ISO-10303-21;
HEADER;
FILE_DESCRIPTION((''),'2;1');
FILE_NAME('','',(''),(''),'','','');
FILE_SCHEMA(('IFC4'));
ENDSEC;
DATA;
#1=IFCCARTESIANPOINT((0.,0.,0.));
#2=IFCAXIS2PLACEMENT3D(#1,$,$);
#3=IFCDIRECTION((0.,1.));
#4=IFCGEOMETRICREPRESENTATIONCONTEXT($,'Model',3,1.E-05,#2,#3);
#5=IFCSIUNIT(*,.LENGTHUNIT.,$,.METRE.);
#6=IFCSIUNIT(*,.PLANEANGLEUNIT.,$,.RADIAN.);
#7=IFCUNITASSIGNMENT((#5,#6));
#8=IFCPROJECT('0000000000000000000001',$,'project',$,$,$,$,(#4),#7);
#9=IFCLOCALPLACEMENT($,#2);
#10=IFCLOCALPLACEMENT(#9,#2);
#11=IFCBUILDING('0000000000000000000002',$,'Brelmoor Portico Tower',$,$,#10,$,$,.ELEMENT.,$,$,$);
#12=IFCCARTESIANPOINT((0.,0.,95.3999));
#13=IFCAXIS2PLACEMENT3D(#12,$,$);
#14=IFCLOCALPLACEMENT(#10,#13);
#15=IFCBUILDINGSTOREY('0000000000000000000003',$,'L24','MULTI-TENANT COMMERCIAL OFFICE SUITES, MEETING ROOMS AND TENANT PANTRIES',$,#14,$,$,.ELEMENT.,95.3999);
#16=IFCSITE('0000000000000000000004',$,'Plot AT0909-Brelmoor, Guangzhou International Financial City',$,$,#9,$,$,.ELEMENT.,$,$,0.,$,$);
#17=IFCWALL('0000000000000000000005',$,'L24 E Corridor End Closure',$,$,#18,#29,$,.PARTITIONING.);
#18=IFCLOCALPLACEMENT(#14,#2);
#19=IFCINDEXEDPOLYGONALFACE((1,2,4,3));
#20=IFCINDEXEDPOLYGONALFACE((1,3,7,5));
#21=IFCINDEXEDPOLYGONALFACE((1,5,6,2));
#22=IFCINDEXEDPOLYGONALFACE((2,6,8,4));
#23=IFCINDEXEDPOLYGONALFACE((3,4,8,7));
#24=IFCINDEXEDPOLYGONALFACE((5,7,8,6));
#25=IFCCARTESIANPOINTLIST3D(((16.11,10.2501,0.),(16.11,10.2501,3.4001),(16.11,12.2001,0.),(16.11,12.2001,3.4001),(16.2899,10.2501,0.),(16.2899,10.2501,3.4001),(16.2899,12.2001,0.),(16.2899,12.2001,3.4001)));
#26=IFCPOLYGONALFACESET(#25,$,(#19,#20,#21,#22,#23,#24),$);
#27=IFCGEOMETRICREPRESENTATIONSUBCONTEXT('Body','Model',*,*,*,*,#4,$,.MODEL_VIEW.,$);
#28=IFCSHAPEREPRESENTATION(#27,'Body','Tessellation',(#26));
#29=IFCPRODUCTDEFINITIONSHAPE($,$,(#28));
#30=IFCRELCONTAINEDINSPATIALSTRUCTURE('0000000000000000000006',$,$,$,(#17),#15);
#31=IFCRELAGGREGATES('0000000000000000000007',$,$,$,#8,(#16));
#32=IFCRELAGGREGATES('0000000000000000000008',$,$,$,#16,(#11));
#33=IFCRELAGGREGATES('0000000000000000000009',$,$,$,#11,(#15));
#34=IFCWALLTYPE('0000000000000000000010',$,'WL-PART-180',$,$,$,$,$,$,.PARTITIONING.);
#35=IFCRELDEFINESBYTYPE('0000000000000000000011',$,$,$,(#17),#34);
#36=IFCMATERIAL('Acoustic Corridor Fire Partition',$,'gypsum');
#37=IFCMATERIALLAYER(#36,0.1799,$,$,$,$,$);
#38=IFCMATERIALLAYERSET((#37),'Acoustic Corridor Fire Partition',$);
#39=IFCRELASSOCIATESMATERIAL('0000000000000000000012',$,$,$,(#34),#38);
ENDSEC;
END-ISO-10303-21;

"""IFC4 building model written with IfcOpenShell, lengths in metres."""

from ifc_helpers import new_model, si_unit, direction, frame, frame_2d, origin, place, context, subcontext, project, spatial, rectangle, extrude, material, layer, layer_set, type_object, element, save


model = new_model("IFC4")

# Units and contexts
model_context = context("Model", 3, precision=1e-05, world=origin(), true_north=direction((0.0, 1.0)))
body_context = subcontext(model_context, "Body", "Model", "MODEL_VIEW")
ifc_project = project(units=[si_unit("LENGTHUNIT", "METRE"), si_unit("PLANEANGLEUNIT", "RADIAN")], contexts=[model_context])

# Site, building, storey
site_placement = place(None, origin())
site = spatial("IfcSite", under=ifc_project, at=site_placement, Name="Plot AT0909-Brelmoor, Guangzhou International Financial City", CompositionType="ELEMENT", RefElevation=0.0)
building_placement = place(site_placement, origin())
building = spatial("IfcBuilding", under=site, at=building_placement, Name="Brelmoor Portico Tower", CompositionType="ELEMENT")
storey_placement = place(building_placement, frame((0.0, 0.0, 95.3999)))
storey = spatial("IfcBuildingStorey", under=building, at=storey_placement, Name="L24", Description="MULTI-TENANT COMMERCIAL OFFICE SUITES, MEETING ROOMS AND TENANT PANTRIES", CompositionType="ELEMENT", Elevation=95.3999)

# Shared definitions
ifc_material_1 = material(Name="Acoustic Corridor Fire Partition", Category="gypsum")
ifc_layer_1 = layer(ifc_material_1, 0.1799)
ifc_layer_set_1 = layer_set([ifc_layer_1], Name="Acoustic Corridor Fire Partition")
wall_type_1 = type_object("IfcWallType", Name="WL-PART-180", PredefinedType="PARTITIONING", material=ifc_layer_set_1)

# Wall
wall_1_placement = place(storey_placement, frame((16.2, 10.25, 0.0), z_axis=(0.0, 0.0, 1.0), x_axis=(0.0, 1.0, 0.0)))
element("IfcWall", 1, at=wall_1_placement, inside=storey, type_object=wall_type_1, Name="L24 E Corridor End Closure", PredefinedType="PARTITIONING", context=body_context, shape_type="SweptSolid", body=[
    extrude(rectangle(XDim=1.95, YDim=0.1799, at=frame_2d((0.9751, 0.0))), origin(), (0.0, 0.0, 1.0), 3.4001),
])

save(model, "model.ifc")
